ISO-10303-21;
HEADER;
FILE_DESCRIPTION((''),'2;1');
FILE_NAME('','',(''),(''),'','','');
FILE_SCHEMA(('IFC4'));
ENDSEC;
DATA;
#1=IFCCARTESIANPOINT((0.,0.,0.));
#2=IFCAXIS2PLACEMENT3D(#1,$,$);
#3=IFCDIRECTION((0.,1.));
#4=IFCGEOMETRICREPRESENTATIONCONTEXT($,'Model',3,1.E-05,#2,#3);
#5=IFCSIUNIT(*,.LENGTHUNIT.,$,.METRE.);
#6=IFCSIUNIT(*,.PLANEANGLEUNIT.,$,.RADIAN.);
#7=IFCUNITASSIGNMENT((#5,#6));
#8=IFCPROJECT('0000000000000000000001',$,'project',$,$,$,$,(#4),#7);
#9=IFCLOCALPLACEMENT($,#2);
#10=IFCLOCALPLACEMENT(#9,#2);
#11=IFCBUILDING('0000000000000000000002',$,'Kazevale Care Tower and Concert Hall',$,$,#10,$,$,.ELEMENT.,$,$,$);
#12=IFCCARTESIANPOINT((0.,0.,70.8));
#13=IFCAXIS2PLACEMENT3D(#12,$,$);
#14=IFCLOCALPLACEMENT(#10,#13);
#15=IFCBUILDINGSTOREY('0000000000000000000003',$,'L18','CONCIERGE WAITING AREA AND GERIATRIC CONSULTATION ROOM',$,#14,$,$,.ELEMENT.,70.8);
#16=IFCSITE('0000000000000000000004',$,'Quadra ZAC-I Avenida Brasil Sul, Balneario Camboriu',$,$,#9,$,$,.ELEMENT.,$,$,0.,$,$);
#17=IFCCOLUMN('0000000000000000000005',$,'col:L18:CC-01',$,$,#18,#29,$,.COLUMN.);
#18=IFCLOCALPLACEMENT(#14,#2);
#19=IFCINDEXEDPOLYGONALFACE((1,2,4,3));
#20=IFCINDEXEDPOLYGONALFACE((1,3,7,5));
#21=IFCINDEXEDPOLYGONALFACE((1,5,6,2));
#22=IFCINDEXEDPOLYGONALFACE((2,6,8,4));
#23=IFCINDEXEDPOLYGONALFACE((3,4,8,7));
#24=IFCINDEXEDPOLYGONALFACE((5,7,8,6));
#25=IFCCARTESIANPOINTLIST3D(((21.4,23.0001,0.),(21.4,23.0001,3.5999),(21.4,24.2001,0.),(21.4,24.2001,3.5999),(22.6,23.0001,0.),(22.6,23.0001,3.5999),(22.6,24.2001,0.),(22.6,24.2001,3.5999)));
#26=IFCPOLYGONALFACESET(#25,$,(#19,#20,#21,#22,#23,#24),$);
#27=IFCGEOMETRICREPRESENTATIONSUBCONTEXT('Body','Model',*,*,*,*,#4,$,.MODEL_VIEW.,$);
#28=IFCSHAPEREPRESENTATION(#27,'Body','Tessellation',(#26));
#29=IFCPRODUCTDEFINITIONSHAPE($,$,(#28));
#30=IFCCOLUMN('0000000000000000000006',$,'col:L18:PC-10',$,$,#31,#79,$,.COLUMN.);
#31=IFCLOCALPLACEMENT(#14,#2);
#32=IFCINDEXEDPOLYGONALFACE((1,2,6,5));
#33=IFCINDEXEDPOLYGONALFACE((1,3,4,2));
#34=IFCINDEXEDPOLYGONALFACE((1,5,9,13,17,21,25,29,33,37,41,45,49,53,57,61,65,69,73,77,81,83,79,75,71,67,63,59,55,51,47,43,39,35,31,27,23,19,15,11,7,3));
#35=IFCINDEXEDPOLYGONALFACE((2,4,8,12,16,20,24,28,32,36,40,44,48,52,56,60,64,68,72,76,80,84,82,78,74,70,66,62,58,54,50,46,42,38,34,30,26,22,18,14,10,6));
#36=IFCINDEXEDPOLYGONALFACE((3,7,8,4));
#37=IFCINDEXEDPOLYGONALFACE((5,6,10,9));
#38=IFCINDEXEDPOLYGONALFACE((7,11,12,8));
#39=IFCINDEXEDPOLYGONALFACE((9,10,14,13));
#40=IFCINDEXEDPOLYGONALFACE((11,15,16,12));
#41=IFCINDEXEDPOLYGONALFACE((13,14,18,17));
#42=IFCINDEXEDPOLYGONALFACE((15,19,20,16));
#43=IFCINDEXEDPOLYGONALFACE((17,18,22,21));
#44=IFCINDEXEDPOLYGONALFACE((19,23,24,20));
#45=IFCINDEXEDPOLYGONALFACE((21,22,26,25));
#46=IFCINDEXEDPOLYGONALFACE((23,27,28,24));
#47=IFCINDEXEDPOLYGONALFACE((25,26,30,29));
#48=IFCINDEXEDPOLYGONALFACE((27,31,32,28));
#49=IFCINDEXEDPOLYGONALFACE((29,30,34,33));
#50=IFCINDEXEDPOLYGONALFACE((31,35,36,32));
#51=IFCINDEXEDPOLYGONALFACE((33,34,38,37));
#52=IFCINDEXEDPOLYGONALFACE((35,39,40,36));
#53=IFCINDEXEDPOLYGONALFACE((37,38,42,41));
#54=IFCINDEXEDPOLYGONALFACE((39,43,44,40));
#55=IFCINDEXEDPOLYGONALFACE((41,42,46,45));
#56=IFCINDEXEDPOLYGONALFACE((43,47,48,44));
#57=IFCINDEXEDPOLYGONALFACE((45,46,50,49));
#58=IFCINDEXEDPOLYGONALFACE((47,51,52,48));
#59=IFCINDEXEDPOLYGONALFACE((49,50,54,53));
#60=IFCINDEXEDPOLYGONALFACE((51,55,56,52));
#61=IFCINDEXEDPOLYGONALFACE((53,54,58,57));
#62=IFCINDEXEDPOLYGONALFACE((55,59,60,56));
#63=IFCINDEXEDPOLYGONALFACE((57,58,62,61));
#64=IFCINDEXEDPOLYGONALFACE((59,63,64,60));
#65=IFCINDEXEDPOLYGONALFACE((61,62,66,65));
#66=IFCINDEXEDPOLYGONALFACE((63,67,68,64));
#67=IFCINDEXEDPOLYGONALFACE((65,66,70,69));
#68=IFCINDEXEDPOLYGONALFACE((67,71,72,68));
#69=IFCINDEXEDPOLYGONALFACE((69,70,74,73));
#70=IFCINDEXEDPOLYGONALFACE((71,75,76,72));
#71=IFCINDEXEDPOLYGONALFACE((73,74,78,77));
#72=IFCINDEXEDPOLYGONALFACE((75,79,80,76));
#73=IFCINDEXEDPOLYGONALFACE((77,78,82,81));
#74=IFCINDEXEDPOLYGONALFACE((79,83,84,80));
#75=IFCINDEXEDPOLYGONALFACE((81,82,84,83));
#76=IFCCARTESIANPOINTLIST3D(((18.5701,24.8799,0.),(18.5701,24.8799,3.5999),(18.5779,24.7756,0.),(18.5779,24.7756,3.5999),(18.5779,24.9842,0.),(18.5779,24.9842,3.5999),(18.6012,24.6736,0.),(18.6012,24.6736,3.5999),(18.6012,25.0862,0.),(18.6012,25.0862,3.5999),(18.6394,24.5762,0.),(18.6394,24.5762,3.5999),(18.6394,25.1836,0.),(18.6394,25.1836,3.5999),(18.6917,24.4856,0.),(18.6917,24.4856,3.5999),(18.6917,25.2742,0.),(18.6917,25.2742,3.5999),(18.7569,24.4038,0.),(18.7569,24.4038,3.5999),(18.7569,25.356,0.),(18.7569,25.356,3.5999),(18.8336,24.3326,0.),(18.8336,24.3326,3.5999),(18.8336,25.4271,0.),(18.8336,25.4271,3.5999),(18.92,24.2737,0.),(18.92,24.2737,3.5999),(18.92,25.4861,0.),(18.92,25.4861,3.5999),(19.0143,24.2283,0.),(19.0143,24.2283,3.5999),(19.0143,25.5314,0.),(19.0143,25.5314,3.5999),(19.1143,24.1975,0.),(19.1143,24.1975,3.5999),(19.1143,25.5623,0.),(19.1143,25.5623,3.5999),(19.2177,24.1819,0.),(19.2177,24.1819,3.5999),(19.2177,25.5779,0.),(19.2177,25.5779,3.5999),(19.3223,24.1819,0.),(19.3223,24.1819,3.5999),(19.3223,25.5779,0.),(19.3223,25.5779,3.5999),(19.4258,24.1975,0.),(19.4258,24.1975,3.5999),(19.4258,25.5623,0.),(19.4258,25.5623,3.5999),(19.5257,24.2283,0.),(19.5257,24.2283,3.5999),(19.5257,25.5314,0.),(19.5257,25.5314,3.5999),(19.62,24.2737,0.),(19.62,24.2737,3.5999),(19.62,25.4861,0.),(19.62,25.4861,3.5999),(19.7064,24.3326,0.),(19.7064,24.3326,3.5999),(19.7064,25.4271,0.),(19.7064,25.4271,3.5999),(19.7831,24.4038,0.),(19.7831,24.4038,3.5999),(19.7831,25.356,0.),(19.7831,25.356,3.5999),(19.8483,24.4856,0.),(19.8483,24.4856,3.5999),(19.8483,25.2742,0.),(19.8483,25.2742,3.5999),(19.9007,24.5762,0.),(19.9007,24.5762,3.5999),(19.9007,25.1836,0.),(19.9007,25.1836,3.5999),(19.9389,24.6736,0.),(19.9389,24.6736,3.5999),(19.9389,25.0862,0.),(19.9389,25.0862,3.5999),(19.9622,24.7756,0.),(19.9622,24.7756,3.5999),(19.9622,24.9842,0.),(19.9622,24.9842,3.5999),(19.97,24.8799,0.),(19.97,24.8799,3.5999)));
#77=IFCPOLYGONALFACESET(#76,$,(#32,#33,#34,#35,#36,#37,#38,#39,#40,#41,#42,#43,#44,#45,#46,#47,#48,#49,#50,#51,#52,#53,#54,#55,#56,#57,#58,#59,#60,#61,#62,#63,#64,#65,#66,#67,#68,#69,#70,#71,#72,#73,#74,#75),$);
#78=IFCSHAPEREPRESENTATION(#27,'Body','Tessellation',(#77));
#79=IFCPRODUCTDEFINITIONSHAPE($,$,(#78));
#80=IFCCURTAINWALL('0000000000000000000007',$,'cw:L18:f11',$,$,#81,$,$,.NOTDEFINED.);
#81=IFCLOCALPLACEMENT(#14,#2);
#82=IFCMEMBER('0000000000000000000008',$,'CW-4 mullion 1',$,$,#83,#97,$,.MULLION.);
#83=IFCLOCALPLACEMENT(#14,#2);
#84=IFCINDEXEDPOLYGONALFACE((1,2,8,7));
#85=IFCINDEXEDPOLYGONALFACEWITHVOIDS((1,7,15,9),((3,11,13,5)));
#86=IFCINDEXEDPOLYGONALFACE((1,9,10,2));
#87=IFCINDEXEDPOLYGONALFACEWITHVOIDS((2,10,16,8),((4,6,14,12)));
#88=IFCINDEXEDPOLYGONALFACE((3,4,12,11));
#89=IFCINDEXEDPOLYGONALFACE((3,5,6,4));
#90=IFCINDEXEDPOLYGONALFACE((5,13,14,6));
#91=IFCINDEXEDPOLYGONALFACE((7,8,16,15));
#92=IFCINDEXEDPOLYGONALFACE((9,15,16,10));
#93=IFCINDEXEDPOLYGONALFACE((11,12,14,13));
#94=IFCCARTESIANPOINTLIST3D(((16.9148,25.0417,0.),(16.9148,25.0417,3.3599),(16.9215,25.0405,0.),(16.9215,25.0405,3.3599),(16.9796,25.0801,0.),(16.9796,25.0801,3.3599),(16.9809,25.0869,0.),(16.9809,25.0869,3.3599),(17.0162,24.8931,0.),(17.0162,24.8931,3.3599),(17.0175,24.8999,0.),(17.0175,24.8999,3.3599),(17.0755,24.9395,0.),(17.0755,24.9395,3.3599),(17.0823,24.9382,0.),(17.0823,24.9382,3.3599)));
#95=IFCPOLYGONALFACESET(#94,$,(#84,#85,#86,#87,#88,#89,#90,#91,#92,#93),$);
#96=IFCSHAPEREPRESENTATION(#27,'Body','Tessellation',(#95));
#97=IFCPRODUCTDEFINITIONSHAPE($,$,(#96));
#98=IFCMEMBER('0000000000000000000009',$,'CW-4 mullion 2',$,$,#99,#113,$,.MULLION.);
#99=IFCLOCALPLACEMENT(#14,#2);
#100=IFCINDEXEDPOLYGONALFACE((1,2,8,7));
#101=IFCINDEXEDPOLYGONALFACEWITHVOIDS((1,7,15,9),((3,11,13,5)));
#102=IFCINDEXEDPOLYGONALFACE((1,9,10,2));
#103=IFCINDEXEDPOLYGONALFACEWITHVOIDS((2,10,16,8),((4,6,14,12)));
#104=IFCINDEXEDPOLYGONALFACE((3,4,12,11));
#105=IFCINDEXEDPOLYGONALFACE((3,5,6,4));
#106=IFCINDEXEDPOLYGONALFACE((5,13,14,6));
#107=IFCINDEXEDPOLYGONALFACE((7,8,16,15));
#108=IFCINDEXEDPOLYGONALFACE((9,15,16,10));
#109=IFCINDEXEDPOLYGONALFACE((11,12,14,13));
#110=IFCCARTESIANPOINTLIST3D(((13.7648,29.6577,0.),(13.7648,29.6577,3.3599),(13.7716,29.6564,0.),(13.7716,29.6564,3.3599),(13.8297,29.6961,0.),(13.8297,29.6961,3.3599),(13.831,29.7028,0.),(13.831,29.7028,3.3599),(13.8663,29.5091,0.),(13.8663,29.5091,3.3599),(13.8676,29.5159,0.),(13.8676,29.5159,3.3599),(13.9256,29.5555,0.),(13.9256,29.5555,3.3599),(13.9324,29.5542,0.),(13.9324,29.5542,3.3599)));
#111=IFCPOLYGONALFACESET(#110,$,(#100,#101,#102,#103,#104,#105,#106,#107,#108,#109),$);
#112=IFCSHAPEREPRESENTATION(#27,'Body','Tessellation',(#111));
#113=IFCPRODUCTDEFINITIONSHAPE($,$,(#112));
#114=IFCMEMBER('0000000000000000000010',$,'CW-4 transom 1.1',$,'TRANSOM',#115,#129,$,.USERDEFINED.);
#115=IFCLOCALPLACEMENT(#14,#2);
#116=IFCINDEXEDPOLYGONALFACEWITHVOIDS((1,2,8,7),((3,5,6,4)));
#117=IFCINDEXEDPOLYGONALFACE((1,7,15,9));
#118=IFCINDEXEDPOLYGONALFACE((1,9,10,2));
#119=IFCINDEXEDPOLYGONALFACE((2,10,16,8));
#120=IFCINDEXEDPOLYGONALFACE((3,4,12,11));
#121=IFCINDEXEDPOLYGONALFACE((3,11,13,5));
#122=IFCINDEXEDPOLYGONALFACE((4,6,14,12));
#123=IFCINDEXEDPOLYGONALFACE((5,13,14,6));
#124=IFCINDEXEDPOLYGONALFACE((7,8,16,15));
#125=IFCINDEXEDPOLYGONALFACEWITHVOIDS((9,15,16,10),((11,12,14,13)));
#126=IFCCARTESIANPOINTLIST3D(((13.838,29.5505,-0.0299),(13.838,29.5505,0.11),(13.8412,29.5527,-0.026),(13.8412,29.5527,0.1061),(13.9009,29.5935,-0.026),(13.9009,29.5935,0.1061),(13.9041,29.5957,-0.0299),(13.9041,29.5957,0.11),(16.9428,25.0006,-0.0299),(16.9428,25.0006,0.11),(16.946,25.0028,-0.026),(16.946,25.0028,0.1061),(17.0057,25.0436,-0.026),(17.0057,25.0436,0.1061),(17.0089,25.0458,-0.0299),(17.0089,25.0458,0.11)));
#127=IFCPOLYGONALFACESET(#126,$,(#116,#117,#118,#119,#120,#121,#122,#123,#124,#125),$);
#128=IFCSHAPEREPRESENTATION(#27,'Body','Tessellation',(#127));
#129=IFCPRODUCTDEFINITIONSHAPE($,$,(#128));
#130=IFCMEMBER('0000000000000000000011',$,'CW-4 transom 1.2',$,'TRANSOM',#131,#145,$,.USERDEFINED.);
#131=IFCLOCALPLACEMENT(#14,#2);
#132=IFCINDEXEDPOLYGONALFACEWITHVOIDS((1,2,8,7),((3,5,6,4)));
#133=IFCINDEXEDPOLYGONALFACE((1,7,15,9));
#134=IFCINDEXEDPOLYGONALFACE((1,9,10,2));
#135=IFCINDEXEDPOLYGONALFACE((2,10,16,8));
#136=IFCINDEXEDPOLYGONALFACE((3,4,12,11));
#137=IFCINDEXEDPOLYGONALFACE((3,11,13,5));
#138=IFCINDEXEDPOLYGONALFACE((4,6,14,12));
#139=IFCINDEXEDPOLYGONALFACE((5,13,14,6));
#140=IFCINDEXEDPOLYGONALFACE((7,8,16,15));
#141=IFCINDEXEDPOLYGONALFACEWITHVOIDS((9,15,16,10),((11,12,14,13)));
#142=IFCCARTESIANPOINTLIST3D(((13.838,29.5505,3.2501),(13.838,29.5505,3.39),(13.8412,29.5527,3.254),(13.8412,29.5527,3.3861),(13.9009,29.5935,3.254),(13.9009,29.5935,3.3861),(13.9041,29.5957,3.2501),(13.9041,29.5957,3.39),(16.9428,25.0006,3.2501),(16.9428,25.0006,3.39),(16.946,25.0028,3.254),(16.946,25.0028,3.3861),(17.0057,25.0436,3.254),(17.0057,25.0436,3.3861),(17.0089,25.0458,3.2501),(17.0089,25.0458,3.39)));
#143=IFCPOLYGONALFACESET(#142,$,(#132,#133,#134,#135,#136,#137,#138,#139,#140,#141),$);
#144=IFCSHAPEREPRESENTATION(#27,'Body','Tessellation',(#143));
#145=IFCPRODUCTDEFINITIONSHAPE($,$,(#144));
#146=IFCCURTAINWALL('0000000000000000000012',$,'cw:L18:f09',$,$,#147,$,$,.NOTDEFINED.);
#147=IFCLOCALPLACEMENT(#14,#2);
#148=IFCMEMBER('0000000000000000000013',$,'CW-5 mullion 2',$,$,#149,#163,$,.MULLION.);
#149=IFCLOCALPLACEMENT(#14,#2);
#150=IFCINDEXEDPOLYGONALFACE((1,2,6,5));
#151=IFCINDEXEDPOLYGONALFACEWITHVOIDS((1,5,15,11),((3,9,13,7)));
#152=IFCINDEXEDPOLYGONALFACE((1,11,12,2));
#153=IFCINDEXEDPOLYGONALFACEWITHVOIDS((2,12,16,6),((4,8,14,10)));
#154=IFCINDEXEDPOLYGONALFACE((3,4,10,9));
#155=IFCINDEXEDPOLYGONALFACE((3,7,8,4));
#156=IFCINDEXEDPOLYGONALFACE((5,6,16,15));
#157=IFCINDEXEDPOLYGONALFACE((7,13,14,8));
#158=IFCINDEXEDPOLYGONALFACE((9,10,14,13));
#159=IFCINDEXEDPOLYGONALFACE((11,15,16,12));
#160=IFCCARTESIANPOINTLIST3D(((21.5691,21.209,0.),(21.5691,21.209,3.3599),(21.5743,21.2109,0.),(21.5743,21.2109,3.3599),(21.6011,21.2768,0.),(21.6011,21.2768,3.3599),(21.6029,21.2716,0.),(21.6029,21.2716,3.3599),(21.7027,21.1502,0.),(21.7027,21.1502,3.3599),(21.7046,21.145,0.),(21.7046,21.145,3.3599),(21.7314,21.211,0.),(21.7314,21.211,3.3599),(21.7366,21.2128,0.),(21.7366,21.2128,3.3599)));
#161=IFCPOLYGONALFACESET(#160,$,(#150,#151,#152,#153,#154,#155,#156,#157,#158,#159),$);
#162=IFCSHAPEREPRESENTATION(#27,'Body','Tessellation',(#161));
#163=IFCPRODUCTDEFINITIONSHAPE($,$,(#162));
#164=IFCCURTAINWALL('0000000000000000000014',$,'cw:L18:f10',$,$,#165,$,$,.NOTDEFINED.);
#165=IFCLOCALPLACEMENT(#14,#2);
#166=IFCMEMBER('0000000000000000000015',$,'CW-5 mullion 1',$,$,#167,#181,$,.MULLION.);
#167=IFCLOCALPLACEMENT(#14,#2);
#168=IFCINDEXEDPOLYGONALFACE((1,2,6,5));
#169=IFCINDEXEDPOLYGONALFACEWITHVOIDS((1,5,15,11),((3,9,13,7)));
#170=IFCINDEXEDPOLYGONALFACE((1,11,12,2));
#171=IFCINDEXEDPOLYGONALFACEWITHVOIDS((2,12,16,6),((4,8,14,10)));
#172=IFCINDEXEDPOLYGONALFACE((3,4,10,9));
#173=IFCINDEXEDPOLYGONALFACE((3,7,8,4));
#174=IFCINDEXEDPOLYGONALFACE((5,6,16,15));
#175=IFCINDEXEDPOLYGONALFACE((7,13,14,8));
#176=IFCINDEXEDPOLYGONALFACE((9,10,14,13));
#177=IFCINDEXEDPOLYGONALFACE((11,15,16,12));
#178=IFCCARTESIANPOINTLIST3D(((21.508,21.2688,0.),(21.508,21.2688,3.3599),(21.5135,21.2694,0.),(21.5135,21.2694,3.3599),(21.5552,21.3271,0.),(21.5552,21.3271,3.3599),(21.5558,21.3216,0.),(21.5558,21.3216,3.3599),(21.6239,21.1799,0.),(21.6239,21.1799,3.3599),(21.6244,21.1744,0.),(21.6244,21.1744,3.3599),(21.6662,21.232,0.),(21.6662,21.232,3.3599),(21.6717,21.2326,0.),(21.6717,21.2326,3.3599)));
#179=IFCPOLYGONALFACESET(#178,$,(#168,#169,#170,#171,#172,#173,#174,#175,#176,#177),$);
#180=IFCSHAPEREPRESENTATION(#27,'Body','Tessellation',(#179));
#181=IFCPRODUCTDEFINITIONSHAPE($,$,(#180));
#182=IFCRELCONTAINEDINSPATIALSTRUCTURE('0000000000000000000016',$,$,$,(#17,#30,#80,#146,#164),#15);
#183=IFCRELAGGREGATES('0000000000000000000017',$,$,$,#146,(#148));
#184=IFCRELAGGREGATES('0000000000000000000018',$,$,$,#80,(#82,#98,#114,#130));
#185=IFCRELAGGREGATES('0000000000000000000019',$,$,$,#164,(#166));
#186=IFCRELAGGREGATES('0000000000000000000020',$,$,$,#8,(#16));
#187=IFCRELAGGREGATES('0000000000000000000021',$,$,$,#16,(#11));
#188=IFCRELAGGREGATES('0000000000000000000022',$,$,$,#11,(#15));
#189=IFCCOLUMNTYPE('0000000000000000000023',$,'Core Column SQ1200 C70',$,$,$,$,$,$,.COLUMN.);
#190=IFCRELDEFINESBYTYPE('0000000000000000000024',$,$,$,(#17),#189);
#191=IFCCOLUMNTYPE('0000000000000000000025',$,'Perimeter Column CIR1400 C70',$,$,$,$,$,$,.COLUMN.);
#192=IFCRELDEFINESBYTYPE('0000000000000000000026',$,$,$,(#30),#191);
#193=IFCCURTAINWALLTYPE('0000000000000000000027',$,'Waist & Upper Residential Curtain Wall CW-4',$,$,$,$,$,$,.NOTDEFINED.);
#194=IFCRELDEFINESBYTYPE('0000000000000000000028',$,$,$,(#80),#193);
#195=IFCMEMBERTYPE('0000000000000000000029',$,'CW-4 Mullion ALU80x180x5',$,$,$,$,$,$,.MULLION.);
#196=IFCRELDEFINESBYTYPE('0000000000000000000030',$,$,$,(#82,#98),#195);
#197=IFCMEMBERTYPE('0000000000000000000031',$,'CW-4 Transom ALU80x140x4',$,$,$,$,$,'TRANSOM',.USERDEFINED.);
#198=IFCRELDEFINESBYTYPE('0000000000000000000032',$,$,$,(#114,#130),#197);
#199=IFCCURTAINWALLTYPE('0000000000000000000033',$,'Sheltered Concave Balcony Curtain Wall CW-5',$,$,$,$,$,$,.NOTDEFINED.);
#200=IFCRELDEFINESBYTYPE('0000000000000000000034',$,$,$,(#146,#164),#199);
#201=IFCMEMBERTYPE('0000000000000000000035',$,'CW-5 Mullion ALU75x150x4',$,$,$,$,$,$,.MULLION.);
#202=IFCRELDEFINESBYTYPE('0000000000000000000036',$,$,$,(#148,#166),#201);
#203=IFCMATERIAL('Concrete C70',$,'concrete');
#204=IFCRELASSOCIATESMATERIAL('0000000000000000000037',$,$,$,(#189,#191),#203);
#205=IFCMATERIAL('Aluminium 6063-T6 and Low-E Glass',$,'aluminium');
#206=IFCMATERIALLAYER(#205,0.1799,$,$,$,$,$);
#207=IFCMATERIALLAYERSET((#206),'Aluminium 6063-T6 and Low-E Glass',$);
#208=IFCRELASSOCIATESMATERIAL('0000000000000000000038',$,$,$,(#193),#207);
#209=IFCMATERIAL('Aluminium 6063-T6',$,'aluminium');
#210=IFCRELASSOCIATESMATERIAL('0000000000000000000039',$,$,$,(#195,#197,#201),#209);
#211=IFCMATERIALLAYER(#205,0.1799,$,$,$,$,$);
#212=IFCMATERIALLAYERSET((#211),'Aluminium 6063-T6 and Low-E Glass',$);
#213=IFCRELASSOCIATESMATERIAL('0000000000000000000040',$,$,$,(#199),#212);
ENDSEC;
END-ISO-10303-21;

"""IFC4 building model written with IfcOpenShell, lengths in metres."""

from ifc_helpers import new_model, si_unit, direction, frame, origin, origin_2d, place, context, subcontext, project, spatial, rectangle, hollow_rectangle, circle, extrude, material, layer, layer_set, material_profile, profile_set, type_object, element, aggregate, save


model = new_model("IFC4")

# Units and contexts
model_context = context("Model", 3, precision=1e-05, world=origin(), true_north=direction((0.0, 1.0)))
body_context = subcontext(model_context, "Body", "Model", "MODEL_VIEW")
ifc_project = project(units=[si_unit("LENGTHUNIT", "METRE"), si_unit("PLANEANGLEUNIT", "RADIAN")], contexts=[model_context])

# Site, building, storey
site_placement = place(None, origin())
site = spatial("IfcSite", under=ifc_project, at=site_placement, Name="Quadra ZAC-I Avenida Brasil Sul, Balneario Camboriu", CompositionType="ELEMENT", RefElevation=0.0)
building_placement = place(site_placement, origin())
building = spatial("IfcBuilding", under=site, at=building_placement, Name="Kazevale Care Tower and Concert Hall", CompositionType="ELEMENT")
storey_placement = place(building_placement, frame((0.0, 0.0, 70.8)))
storey = spatial("IfcBuildingStorey", under=building, at=storey_placement, Name="L18", Description="CONCIERGE WAITING AREA AND GERIATRIC CONSULTATION ROOM", CompositionType="ELEMENT", Elevation=70.8)

# Columns
ifc_material_1 = material(Name="Concrete C70", Category="concrete")
ifc_material_profile_1 = material_profile(ifc_material_1, rectangle(XDim=1.2, YDim=1.2, at=origin_2d()), Name="RC-SQ1200")
ifc_profile_set_1 = profile_set([ifc_material_profile_1], Name="Concrete C70")
column_type_1 = type_object("IfcColumnType", Name="Core Column SQ1200 C70", PredefinedType="COLUMN", material=ifc_profile_set_1)
column_1_placement = place(storey_placement, frame((22.0, 23.6001, 0.0), z_axis=(0.0, 0.0, 1.0), x_axis=(1.0, 0.0, 0.0)))
element("IfcColumn", 1, at=column_1_placement, inside=storey, type_object=column_type_1, Name="col:L18:CC-01", PredefinedType="COLUMN", context=body_context, shape_type="SweptSolid", body=[
    extrude(rectangle(XDim=1.2, YDim=1.2, at=origin_2d()), origin(), (0.0, 0.0, 1.0), 3.5999),
])
ifc_material_profile_2 = material_profile(ifc_material_1, circle(Radius=0.7, at=origin_2d()), Name="RC-CIR1400")
ifc_profile_set_2 = profile_set([ifc_material_profile_2], Name="Concrete C70")
column_type_2 = type_object("IfcColumnType", Name="Perimeter Column CIR1400 C70", PredefinedType="COLUMN", material=ifc_profile_set_2)
column_2_placement = place(storey_placement, frame((19.27, 24.8799, 0.0), z_axis=(0.0, 0.0, 1.0), x_axis=(1.0, 0.0, 0.0)))
element("IfcColumn", 2, at=column_2_placement, inside=storey, type_object=column_type_2, Name="col:L18:PC-10", PredefinedType="COLUMN", context=body_context, shape_type="SweptSolid", body=[
    extrude(circle(Radius=0.7, at=origin_2d()), origin(), (0.0, 0.0, 1.0), 3.5999),
])

# Curtain wall, members
ifc_material_2 = material(Name="Aluminium 6063-T6 and Low-E Glass", Category="aluminium")
ifc_layer_1 = layer(ifc_material_2, 0.1799)
ifc_layer_set_1 = layer_set([ifc_layer_1], Name="Aluminium 6063-T6 and Low-E Glass")
curtain_wall_type_1 = type_object("IfcCurtainWallType", Name="Waist & Upper Residential Curtain Wall CW-4", PredefinedType="NOTDEFINED", material=ifc_layer_set_1)
curtain_wall_1_placement = place(storey_placement, origin())
curtain_wall_1 = element("IfcCurtainWall", 3, at=curtain_wall_1_placement, inside=storey, type_object=curtain_wall_type_1, Name="cw:L18:f11", PredefinedType="NOTDEFINED")
ifc_material_3 = material(Name="Aluminium 6063-T6", Category="aluminium")
ifc_material_profile_3 = material_profile(ifc_material_3, hollow_rectangle(XDim=0.0801, YDim=0.1799, WallThickness=0.0049, at=origin_2d()), Name="ALU80x180x5")
ifc_profile_set_3 = profile_set([ifc_material_profile_3], Name="Aluminium 6063-T6")
member_type_1 = type_object("IfcMemberType", Name="CW-4 Mullion ALU80x180x5", PredefinedType="MULLION", material=ifc_profile_set_3)
member_1_placement = place(storey_placement, frame((16.9985, 24.99, 0.0), z_axis=(0.0, 0.0, 1.0), x_axis=(-0.826003, -0.563665, 0.0)))
member_1 = element("IfcMember", 4, at=member_1_placement, type_object=member_type_1, Name="CW-4 mullion 1", PredefinedType="MULLION", context=body_context, shape_type="SweptSolid", body=[
    extrude(hollow_rectangle(XDim=0.0801, YDim=0.1799, WallThickness=0.0049, at=origin_2d()), origin(), (0.0, 0.0, 1.0), 3.3599),
])
member_2_placement = place(storey_placement, frame((13.8486, 29.606, 0.0), z_axis=(0.0, 0.0, 1.0), x_axis=(-0.826003, -0.563665, 0.0)))
member_2 = element("IfcMember", 5, at=member_2_placement, type_object=member_type_1, Name="CW-4 mullion 2", PredefinedType="MULLION", context=body_context, shape_type="SweptSolid", body=[
    extrude(hollow_rectangle(XDim=0.0801, YDim=0.1799, WallThickness=0.0049, at=origin_2d()), origin(), (0.0, 0.0, 1.0), 3.3599),
])
ifc_material_profile_4 = material_profile(ifc_material_3, hollow_rectangle(XDim=0.0801, YDim=0.1399, WallThickness=0.0039, at=origin_2d()), Name="ALU80x140x4")
ifc_profile_set_4 = profile_set([ifc_material_profile_4], Name="Aluminium 6063-T6")
member_type_2 = type_object("IfcMemberType", Name="CW-4 Transom ALU80x140x4", ElementType="TRANSOM", PredefinedType="USERDEFINED", material=ifc_profile_set_4)
member_3_placement = place(storey_placement, frame((16.9758, 25.0232, 0.04), z_axis=(-0.563659, 0.826008, 0.0), x_axis=(-0.826008, -0.563659, 0.0)))
member_3 = element("IfcMember", 6, at=member_3_placement, type_object=member_type_2, Name="CW-4 transom 1.1", ObjectType="TRANSOM", PredefinedType="USERDEFINED", context=body_context, shape_type="SweptSolid", body=[
    extrude(hollow_rectangle(XDim=0.0801, YDim=0.1399, WallThickness=0.0039, at=origin_2d()), origin(), (0.0, 0.0, 1.0), 5.5083),
])
member_4_placement = place(storey_placement, frame((16.9758, 25.0232, 3.3201), z_axis=(-0.563659, 0.826008, 0.0), x_axis=(-0.826008, -0.563659, 0.0)))
member_4 = element("IfcMember", 7, at=member_4_placement, type_object=member_type_2, Name="CW-4 transom 1.2", ObjectType="TRANSOM", PredefinedType="USERDEFINED", context=body_context, shape_type="SweptSolid", body=[
    extrude(hollow_rectangle(XDim=0.0801, YDim=0.1399, WallThickness=0.0039, at=origin_2d()), origin(), (0.0, 0.0, 1.0), 5.5083),
])

# Curtain wall, member
ifc_layer_2 = layer(ifc_material_2, 0.1799)
ifc_layer_set_2 = layer_set([ifc_layer_2], Name="Aluminium 6063-T6 and Low-E Glass")
curtain_wall_type_2 = type_object("IfcCurtainWallType", Name="Sheltered Concave Balcony Curtain Wall CW-5", PredefinedType="NOTDEFINED", material=ifc_layer_set_2)
curtain_wall_2_placement = place(storey_placement, origin())
curtain_wall_2 = element("IfcCurtainWall", 8, at=curtain_wall_2_placement, inside=storey, type_object=curtain_wall_type_2, Name="cw:L18:f09", PredefinedType="NOTDEFINED")
ifc_material_profile_5 = material_profile(ifc_material_3, hollow_rectangle(XDim=0.075, YDim=0.1499, WallThickness=0.0039, at=origin_2d()), Name="ALU75x150x4")
ifc_profile_set_5 = profile_set([ifc_material_profile_5], Name="Aluminium 6063-T6")
member_type_3 = type_object("IfcMemberType", Name="CW-5 Mullion ALU75x150x4", PredefinedType="MULLION", material=ifc_profile_set_5)
member_5_placement = place(storey_placement, frame((21.6528, 21.2109, 0.0), z_axis=(0.0, 0.0, 1.0), x_axis=(-0.426942, -0.904279, 0.0)))
member_5 = element("IfcMember", 9, at=member_5_placement, type_object=member_type_3, Name="CW-5 mullion 2", PredefinedType="MULLION", context=body_context, shape_type="SweptSolid", body=[
    extrude(hollow_rectangle(XDim=0.075, YDim=0.1499, WallThickness=0.0039, at=origin_2d()), origin(), (0.0, 0.0, 1.0), 3.3599),
])
aggregate(curtain_wall_2, [member_5])

# Curtain wall, member
curtain_wall_3_placement = place(storey_placement, origin())
curtain_wall_3 = element("IfcCurtainWall", 10, at=curtain_wall_3_placement, inside=storey, type_object=curtain_wall_type_2, Name="cw:L18:f10", PredefinedType="NOTDEFINED")
member_6_placement = place(storey_placement, frame((21.5898, 21.2507, 0.0), z_axis=(0.0, 0.0, 1.0), x_axis=(-0.629995, -0.776599, 0.0)))
member_6 = element("IfcMember", 11, at=member_6_placement, type_object=member_type_3, Name="CW-5 mullion 1", PredefinedType="MULLION", context=body_context, shape_type="SweptSolid", body=[
    extrude(hollow_rectangle(XDim=0.075, YDim=0.1499, WallThickness=0.0039, at=origin_2d()), origin(), (0.0, 0.0, 1.0), 3.3599),
])

aggregate(curtain_wall_1, [member_1, member_2, member_3, member_4])
aggregate(curtain_wall_3, [member_6])

save(model, "model.ifc")
